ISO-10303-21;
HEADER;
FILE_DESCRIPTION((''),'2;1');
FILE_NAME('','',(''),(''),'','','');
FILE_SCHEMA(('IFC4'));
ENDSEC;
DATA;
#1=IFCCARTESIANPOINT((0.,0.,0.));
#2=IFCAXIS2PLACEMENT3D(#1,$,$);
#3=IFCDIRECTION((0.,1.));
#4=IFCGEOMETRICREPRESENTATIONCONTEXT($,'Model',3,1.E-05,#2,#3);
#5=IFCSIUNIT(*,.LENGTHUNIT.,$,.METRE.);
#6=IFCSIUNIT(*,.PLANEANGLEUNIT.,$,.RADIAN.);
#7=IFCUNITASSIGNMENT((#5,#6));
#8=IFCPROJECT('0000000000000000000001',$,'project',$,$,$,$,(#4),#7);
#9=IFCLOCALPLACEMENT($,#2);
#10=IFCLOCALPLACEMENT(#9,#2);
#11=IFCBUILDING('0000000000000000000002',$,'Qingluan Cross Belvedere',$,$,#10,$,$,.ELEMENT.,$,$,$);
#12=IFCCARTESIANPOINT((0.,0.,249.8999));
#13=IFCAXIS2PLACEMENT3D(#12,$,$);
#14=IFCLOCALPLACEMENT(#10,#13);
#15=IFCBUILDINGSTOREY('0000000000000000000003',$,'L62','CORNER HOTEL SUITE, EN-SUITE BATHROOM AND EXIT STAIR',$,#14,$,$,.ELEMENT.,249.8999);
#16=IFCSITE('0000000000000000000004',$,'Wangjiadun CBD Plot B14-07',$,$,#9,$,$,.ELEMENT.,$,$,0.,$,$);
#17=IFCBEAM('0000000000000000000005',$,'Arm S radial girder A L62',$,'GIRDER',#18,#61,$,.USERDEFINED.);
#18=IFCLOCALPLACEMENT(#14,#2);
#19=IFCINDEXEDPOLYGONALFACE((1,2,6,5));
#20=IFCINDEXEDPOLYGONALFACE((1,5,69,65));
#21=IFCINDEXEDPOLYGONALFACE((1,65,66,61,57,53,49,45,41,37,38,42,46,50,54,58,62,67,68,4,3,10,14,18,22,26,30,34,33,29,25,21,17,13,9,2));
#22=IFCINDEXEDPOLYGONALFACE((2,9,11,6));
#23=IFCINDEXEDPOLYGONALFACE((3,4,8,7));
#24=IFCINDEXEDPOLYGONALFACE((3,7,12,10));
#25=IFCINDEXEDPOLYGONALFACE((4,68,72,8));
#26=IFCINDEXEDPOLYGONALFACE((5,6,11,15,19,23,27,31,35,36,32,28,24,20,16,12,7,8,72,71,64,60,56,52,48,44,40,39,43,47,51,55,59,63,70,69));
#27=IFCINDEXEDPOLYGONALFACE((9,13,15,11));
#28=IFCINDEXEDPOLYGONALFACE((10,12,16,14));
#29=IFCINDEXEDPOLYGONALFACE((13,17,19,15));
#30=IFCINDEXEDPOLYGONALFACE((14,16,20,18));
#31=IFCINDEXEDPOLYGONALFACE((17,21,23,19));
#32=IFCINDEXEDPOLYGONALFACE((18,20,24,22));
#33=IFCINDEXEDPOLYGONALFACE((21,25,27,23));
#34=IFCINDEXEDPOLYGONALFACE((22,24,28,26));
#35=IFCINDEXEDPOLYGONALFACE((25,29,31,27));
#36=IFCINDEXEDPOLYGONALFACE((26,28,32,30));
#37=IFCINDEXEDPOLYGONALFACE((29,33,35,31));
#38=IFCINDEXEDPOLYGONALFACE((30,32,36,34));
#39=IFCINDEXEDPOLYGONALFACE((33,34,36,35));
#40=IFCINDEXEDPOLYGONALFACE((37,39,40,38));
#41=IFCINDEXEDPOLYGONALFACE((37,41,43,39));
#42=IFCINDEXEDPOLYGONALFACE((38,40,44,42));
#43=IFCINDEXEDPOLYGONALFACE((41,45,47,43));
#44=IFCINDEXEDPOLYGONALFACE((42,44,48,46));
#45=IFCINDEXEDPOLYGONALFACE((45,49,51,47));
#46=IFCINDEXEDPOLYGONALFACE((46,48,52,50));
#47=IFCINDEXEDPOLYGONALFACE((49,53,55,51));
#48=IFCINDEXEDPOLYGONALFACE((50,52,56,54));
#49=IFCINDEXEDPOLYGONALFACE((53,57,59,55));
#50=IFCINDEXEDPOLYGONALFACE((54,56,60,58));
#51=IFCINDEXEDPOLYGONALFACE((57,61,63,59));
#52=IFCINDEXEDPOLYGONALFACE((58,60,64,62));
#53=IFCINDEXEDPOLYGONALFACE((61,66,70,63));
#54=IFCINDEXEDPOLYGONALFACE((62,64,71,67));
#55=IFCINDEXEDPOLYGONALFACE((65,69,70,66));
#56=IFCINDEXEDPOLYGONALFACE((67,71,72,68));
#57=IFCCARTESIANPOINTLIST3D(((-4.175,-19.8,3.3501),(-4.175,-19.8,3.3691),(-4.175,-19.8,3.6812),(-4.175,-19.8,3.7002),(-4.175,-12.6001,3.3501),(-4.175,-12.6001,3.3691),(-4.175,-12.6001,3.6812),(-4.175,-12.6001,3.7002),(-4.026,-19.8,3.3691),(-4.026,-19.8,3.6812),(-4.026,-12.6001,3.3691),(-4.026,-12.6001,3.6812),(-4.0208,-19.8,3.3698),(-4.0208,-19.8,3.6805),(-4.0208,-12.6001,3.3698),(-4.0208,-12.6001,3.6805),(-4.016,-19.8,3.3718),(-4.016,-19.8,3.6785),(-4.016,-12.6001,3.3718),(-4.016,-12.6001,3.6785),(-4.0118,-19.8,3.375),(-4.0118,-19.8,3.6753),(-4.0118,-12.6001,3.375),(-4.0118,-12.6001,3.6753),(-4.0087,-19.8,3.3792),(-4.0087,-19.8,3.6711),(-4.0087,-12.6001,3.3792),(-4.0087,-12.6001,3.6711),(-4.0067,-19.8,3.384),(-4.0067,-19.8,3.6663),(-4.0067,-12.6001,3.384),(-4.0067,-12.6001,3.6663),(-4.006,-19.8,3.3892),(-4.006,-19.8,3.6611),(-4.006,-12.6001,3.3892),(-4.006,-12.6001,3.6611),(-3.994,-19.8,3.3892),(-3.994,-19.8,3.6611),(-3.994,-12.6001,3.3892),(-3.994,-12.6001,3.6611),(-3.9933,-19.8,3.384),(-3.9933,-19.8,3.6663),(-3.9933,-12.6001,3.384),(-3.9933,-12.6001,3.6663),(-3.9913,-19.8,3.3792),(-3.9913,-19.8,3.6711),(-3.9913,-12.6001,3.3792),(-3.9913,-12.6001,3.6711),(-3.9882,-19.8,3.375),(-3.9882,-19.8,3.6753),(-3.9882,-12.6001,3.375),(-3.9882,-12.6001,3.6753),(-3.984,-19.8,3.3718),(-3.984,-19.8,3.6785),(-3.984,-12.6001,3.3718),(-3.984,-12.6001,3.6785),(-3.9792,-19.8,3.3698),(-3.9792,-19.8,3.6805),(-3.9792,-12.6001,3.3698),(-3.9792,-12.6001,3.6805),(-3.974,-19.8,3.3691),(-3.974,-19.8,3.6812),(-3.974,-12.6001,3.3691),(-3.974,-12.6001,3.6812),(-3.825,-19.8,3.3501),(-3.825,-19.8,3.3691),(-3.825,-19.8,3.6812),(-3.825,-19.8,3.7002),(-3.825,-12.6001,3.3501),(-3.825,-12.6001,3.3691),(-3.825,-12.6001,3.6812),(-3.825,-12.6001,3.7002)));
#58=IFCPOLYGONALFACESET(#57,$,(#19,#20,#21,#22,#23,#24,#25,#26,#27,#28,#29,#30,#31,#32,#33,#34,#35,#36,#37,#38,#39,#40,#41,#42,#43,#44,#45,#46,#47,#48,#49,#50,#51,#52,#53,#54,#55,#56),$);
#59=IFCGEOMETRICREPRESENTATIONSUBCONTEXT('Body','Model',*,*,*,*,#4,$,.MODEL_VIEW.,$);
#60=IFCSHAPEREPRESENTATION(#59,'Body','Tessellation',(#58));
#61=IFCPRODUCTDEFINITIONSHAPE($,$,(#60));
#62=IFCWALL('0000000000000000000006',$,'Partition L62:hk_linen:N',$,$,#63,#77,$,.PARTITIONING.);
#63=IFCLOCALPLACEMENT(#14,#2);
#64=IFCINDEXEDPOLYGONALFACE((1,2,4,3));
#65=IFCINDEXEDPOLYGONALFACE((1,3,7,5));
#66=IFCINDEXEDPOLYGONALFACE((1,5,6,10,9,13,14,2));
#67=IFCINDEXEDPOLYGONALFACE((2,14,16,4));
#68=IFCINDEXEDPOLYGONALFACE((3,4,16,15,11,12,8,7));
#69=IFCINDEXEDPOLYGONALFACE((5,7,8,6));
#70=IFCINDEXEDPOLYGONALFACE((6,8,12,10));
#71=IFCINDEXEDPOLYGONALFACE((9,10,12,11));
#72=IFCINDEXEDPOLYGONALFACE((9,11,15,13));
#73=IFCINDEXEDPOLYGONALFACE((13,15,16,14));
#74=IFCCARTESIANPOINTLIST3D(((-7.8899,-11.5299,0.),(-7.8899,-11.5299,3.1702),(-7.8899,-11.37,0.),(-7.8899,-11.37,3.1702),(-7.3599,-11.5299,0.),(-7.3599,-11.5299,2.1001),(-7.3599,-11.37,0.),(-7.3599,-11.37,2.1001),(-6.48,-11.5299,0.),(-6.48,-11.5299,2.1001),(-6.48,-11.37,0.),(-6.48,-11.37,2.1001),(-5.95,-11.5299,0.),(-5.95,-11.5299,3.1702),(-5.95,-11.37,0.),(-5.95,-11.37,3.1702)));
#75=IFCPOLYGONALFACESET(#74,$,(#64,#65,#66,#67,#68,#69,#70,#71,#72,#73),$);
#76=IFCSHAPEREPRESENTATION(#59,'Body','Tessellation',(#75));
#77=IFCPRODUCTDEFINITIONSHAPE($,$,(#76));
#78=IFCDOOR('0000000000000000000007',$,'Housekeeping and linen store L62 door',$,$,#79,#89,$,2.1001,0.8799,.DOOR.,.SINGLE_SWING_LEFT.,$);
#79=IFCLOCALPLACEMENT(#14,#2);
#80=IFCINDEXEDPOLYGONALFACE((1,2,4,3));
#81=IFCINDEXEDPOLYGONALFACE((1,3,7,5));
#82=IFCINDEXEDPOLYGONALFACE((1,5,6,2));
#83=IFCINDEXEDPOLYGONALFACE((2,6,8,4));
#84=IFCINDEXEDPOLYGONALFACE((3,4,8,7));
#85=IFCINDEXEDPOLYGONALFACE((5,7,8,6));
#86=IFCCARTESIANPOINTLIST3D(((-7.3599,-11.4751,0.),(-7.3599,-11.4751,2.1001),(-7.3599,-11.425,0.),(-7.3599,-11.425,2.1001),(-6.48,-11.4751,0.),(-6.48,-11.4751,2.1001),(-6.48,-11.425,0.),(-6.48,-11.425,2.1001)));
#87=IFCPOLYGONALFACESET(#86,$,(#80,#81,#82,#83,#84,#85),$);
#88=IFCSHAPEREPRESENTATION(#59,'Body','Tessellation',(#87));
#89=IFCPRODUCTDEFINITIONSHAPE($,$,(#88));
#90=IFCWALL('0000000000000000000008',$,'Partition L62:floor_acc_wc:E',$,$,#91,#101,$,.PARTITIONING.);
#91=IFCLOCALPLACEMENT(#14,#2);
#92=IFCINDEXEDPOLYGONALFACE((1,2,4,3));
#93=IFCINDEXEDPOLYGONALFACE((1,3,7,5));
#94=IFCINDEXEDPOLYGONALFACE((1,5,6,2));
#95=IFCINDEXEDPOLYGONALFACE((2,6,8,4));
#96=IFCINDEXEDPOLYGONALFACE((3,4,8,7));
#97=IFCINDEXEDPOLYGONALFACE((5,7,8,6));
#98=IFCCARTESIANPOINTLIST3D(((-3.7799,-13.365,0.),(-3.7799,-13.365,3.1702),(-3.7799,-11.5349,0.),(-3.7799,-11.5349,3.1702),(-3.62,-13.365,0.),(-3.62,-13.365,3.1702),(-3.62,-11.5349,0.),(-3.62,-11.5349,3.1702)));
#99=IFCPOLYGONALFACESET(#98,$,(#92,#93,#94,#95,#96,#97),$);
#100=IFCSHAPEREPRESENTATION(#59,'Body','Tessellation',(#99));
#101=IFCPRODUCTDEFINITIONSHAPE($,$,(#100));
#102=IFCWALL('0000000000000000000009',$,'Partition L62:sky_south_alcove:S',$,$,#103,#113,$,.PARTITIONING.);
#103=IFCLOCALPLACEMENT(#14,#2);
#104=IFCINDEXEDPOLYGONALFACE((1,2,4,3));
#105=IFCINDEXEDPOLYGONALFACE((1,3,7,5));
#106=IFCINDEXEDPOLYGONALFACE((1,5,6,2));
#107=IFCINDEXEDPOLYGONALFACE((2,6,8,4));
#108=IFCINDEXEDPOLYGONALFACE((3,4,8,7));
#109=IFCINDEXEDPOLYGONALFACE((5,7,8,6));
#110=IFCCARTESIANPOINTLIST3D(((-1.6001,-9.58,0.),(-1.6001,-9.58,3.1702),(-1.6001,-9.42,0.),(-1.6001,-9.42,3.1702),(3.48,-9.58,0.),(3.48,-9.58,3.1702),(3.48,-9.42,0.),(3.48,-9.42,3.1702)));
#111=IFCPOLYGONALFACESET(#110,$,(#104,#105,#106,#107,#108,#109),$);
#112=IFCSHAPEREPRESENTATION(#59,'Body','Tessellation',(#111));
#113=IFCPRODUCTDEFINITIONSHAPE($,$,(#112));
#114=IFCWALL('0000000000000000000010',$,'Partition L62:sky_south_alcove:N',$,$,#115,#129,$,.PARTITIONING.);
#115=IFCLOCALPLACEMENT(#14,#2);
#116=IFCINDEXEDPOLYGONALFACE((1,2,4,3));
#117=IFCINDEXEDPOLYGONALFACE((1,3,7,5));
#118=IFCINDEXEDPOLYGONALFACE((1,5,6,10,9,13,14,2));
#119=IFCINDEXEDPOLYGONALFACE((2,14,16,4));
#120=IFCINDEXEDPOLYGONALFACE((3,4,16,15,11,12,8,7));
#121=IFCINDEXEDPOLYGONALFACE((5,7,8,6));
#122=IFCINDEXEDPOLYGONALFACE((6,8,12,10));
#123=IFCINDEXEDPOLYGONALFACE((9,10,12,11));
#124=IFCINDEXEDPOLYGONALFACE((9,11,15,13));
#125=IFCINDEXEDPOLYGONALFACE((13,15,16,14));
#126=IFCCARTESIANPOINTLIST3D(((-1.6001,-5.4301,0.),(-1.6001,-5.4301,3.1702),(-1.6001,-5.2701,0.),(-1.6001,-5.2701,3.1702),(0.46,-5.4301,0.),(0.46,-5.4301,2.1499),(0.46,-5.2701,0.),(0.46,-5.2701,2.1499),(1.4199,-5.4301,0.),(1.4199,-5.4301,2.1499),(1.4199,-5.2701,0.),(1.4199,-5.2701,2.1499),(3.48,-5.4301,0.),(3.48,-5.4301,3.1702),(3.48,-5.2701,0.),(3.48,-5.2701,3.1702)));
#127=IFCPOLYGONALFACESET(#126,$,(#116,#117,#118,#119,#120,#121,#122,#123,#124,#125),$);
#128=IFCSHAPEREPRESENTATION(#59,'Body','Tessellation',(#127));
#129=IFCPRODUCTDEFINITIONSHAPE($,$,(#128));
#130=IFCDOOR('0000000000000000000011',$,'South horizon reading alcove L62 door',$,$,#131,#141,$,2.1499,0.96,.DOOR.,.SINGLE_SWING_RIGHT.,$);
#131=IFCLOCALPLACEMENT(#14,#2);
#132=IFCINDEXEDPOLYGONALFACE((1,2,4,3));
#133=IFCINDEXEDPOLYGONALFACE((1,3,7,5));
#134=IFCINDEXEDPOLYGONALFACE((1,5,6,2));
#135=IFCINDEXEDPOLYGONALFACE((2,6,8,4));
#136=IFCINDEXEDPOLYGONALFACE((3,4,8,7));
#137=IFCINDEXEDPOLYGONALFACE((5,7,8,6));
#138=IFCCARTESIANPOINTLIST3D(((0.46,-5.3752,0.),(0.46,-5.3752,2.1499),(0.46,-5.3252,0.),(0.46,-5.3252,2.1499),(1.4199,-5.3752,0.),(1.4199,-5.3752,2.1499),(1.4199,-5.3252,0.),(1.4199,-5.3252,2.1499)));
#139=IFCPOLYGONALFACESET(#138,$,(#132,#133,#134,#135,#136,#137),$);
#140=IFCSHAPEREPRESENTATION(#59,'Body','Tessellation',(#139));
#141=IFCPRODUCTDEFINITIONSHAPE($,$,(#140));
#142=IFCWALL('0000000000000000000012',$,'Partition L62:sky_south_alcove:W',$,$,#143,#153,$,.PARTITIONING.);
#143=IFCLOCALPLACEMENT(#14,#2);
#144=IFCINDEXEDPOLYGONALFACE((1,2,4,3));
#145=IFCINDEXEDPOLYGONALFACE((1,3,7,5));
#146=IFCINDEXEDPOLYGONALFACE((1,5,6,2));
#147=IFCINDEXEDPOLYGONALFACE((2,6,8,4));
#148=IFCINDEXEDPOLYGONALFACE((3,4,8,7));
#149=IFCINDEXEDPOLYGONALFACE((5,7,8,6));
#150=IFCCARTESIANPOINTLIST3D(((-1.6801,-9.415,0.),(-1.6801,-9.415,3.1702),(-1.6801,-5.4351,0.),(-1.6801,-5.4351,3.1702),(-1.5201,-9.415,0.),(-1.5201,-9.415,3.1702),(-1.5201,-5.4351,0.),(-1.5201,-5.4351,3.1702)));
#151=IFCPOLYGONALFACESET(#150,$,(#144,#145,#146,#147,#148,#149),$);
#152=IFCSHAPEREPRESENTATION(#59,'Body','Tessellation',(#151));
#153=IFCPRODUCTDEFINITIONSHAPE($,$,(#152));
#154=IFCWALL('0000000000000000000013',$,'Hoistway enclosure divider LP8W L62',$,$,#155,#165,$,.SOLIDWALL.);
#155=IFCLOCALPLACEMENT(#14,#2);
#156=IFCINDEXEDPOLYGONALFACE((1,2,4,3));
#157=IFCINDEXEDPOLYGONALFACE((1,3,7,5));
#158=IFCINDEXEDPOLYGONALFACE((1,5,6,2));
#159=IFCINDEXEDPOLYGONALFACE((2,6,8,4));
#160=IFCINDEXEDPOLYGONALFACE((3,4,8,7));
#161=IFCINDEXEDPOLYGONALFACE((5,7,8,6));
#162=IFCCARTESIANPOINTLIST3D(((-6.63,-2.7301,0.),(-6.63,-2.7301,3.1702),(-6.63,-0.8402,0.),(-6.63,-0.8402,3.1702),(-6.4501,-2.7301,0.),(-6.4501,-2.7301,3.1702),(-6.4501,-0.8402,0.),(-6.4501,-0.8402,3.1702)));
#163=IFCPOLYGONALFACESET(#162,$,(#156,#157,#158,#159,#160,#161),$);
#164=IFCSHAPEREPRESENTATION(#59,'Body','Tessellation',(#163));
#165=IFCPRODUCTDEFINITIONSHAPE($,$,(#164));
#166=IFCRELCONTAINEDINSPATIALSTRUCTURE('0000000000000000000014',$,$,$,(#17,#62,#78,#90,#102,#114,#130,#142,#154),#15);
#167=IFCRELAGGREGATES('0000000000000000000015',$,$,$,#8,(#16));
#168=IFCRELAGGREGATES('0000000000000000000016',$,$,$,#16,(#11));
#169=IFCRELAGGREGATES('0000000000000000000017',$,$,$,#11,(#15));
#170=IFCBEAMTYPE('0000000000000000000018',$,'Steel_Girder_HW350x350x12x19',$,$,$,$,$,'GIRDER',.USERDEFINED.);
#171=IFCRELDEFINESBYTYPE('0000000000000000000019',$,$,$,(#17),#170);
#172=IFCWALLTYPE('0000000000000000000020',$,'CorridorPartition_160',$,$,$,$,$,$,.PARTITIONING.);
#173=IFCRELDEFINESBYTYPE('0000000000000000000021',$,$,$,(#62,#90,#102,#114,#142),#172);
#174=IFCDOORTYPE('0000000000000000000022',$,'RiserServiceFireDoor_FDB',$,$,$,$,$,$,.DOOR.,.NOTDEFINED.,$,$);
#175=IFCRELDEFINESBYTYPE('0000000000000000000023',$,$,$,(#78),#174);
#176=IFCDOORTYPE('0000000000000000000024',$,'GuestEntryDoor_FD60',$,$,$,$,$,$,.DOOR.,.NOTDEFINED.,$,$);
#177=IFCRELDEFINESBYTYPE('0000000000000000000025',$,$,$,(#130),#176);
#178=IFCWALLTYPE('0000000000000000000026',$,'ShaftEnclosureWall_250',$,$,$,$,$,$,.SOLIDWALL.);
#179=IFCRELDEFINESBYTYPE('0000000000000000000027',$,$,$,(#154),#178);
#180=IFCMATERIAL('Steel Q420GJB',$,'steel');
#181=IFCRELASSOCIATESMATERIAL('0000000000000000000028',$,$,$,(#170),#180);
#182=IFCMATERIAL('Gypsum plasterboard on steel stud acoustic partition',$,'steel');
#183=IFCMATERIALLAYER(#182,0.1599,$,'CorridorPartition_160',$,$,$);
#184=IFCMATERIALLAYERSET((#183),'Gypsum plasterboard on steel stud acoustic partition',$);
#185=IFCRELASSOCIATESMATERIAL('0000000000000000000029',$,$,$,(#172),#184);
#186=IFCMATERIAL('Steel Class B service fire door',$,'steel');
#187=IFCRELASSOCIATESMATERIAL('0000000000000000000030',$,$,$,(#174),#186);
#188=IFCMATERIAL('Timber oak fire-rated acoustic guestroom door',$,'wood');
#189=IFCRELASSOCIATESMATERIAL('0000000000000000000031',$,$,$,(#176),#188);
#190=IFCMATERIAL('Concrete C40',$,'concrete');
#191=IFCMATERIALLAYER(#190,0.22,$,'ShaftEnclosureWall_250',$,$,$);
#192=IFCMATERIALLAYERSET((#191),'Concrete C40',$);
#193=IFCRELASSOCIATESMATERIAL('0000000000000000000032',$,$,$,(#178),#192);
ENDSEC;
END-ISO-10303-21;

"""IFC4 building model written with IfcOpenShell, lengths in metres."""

from ifc_helpers import new_model, si_unit, direction, frame, frame_2d, origin, origin_2d, place, context, subcontext, project, spatial, rectangle, i_section, extrude, material, layer, layer_set, material_profile, profile_set, type_object, element, fill, save


model = new_model("IFC4")

# Units and contexts
model_context = context("Model", 3, precision=1e-05, world=origin(), true_north=direction((0.0, 1.0)))
body_context = subcontext(model_context, "Body", "Model", "MODEL_VIEW")
ifc_project = project(units=[si_unit("LENGTHUNIT", "METRE"), si_unit("PLANEANGLEUNIT", "RADIAN")], contexts=[model_context])

# Site, building, storey
site_placement = place(None, origin())
site = spatial("IfcSite", under=ifc_project, at=site_placement, Name="Wangjiadun CBD Plot B14-07", CompositionType="ELEMENT", RefElevation=0.0)
building_placement = place(site_placement, origin())
building = spatial("IfcBuilding", under=site, at=building_placement, Name="Qingluan Cross Belvedere", CompositionType="ELEMENT")
storey_placement = place(building_placement, frame((0.0, 0.0, 249.8999)))
storey = spatial("IfcBuildingStorey", under=building, at=storey_placement, Name="L62", Description="CORNER HOTEL SUITE, EN-SUITE BATHROOM AND EXIT STAIR", CompositionType="ELEMENT", Elevation=249.8999)

# Beam
ifc_material_1 = material(Name="Steel Q420GJB", Category="steel")
ifc_material_profile_1 = material_profile(ifc_material_1, i_section(OverallWidth=0.3501, OverallDepth=0.3501, WebThickness=0.012, FlangeThickness=0.019, FilletRadius=0.02, at=origin_2d()), Name="HW350x350x12x19")
ifc_profile_set_1 = profile_set([ifc_material_profile_1], Name="Steel Q420GJB")
beam_type_1 = type_object("IfcBeamType", Name="Steel_Girder_HW350x350x12x19", ElementType="GIRDER", PredefinedType="USERDEFINED", material=ifc_profile_set_1)
beam_1_placement = place(storey_placement, frame((-4.0, -12.6001, 3.5251), z_axis=(0.0, -1.0, 0.0), x_axis=(1.0, 0.0, 0.0)))
element("IfcBeam", 1, at=beam_1_placement, inside=storey, type_object=beam_type_1, Name="Arm S radial girder A L62", ObjectType="GIRDER", PredefinedType="USERDEFINED", context=body_context, shape_type="SweptSolid", body=[
    extrude(i_section(OverallWidth=0.3501, OverallDepth=0.3501, WebThickness=0.012, FlangeThickness=0.019, FilletRadius=0.02, at=origin_2d()), origin(), (0.0, 0.0, 1.0), 7.2),
])

# Wall, opening, door
ifc_material_2 = material(Name="Gypsum plasterboard on steel stud acoustic partition", Category="steel")
ifc_layer_1 = layer(ifc_material_2, 0.1599, Name="CorridorPartition_160")
ifc_layer_set_1 = layer_set([ifc_layer_1], Name="Gypsum plasterboard on steel stud acoustic partition")
wall_type_1 = type_object("IfcWallType", Name="CorridorPartition_160", PredefinedType="PARTITIONING", material=ifc_layer_set_1)
wall_1_placement = place(storey_placement, frame((-7.8899, -11.45, 0.0), z_axis=(0.0, 0.0, 1.0), x_axis=(1.0, 0.0, 0.0)))
wall_1 = element("IfcWall", 2, at=wall_1_placement, inside=storey, type_object=wall_type_1, Name="Partition L62:hk_linen:N", PredefinedType="PARTITIONING", context=body_context, shape_type="SweptSolid", body=[
    extrude(rectangle(XDim=1.9399, YDim=0.1599, at=frame_2d((0.97, 0.0))), origin(), (0.0, 0.0, 1.0), 3.1702),
])
opening_1_placement = place(wall_1_placement, frame((0.53, 0.0, 0.0)))
opening_1 = element("IfcOpeningElement", 3, at=opening_1_placement, cuts=wall_1, PredefinedType="OPENING", context=body_context, shape_type="SweptSolid", body=[
    extrude(rectangle(XDim=0.8799, YDim=2.1001, at=frame_2d((0.4399, 1.05))), frame((0.0, 0.0898, 0.0), z_axis=(0.0, -1.0, 0.0), x_axis=(1.0, 0.0, 0.0)), (0.0, 0.0, 1.0), 0.1799),
])
ifc_material_3 = material(Name="Steel Class B service fire door", Category="steel")
door_type_1 = type_object("IfcDoorType", Name="RiserServiceFireDoor_FDB", OperationType="NOTDEFINED", PredefinedType="DOOR", material=ifc_material_3)
door_1_placement = place(opening_1_placement, origin())
door_1 = element("IfcDoor", 4, at=door_1_placement, inside=storey, type_object=door_type_1, Name="Housekeeping and linen store L62 door", OperationType="SINGLE_SWING_LEFT", OverallHeight=2.1001, OverallWidth=0.8799, PredefinedType="DOOR", context=body_context, shape_type="SweptSolid", body=[
    extrude(rectangle(XDim=0.8799, YDim=2.1001, at=frame_2d((0.4399, 1.05))), frame((0.0, 0.0249, 0.0), z_axis=(0.0, -1.0, 0.0), x_axis=(1.0, 0.0, 0.0)), (0.0, 0.0, 1.0), 0.05),
])
fill(opening_1, door_1)

# Walls
wall_2_placement = place(storey_placement, frame((-3.7, -13.365, 0.0), z_axis=(0.0, 0.0, 1.0), x_axis=(0.0, 1.0, 0.0)))
element("IfcWall", 5, at=wall_2_placement, inside=storey, type_object=wall_type_1, Name="Partition L62:floor_acc_wc:E", PredefinedType="PARTITIONING", context=body_context, shape_type="SweptSolid", body=[
    extrude(rectangle(XDim=1.8301, YDim=0.1599, at=frame_2d((0.915, 0.0))), origin(), (0.0, 0.0, 1.0), 3.1702),
])
wall_3_placement = place(storey_placement, frame((-1.6001, -9.5, 0.0), z_axis=(0.0, 0.0, 1.0), x_axis=(1.0, 0.0, 0.0)))
element("IfcWall", 6, at=wall_3_placement, inside=storey, type_object=wall_type_1, Name="Partition L62:sky_south_alcove:S", PredefinedType="PARTITIONING", context=body_context, shape_type="SweptSolid", body=[
    extrude(rectangle(XDim=5.0801, YDim=0.1599, at=frame_2d((2.54, 0.0))), origin(), (0.0, 0.0, 1.0), 3.1702),
])

# Wall, opening, door
wall_4_placement = place(storey_placement, frame((-1.6001, -5.3501, 0.0), z_axis=(0.0, 0.0, 1.0), x_axis=(1.0, 0.0, 0.0)))
wall_4 = element("IfcWall", 7, at=wall_4_placement, inside=storey, type_object=wall_type_1, Name="Partition L62:sky_south_alcove:N", PredefinedType="PARTITIONING", context=body_context, shape_type="SweptSolid", body=[
    extrude(rectangle(XDim=5.0801, YDim=0.1599, at=frame_2d((2.54, 0.0))), origin(), (0.0, 0.0, 1.0), 3.1702),
])
opening_2_placement = place(wall_4_placement, frame((2.0601, 0.0, 0.0)))
opening_2 = element("IfcOpeningElement", 8, at=opening_2_placement, cuts=wall_4, PredefinedType="OPENING", context=body_context, shape_type="SweptSolid", body=[
    extrude(rectangle(XDim=0.96, YDim=2.1499, at=frame_2d((0.48, 1.075))), frame((0.0, 0.0898, 0.0), z_axis=(0.0, -1.0, 0.0), x_axis=(1.0, 0.0, 0.0)), (0.0, 0.0, 1.0), 0.1799),
])
ifc_material_4 = material(Name="Timber oak fire-rated acoustic guestroom door", Category="wood")
door_type_2 = type_object("IfcDoorType", Name="GuestEntryDoor_FD60", OperationType="NOTDEFINED", PredefinedType="DOOR", material=ifc_material_4)
door_2_placement = place(opening_2_placement, origin())
door_2 = element("IfcDoor", 9, at=door_2_placement, inside=storey, type_object=door_type_2, Name="South horizon reading alcove L62 door", OperationType="SINGLE_SWING_RIGHT", OverallHeight=2.1499, OverallWidth=0.96, PredefinedType="DOOR", context=body_context, shape_type="SweptSolid", body=[
    extrude(rectangle(XDim=0.96, YDim=2.1499, at=frame_2d((0.48, 1.075))), frame((0.0, 0.0249, 0.0), z_axis=(0.0, -1.0, 0.0), x_axis=(1.0, 0.0, 0.0)), (0.0, 0.0, 1.0), 0.05),
])
fill(opening_2, door_2)

# Wall
wall_5_placement = place(storey_placement, frame((-1.6001, -9.415, 0.0), z_axis=(0.0, 0.0, 1.0), x_axis=(0.0, 1.0, 0.0)))
element("IfcWall", 10, at=wall_5_placement, inside=storey, type_object=wall_type_1, Name="Partition L62:sky_south_alcove:W", PredefinedType="PARTITIONING", context=body_context, shape_type="SweptSolid", body=[
    extrude(rectangle(XDim=3.98, YDim=0.1599, at=frame_2d((1.99, 0.0))), origin(), (0.0, 0.0, 1.0), 3.1702),
])

# Wall
ifc_material_5 = material(Name="Concrete C40", Category="concrete")
ifc_layer_2 = layer(ifc_material_5, 0.22, Name="ShaftEnclosureWall_250")
ifc_layer_set_2 = layer_set([ifc_layer_2], Name="Concrete C40")
wall_type_2 = type_object("IfcWallType", Name="ShaftEnclosureWall_250", PredefinedType="SOLIDWALL", material=ifc_layer_set_2)
wall_6_placement = place(storey_placement, frame((-6.54, -2.73, 0.0), z_axis=(0.0, 0.0, 1.0), x_axis=(0.0, 1.0, 0.0)))
element("IfcWall", 11, at=wall_6_placement, inside=storey, type_object=wall_type_2, Name="Hoistway enclosure divider LP8W L62", PredefinedType="SOLIDWALL", context=body_context, shape_type="SweptSolid", body=[
    extrude(rectangle(XDim=1.8899, YDim=0.1799, at=frame_2d((0.9448, 0.0))), origin(), (0.0, 0.0, 1.0), 3.1702),
])

save(model, "model.ifc")
